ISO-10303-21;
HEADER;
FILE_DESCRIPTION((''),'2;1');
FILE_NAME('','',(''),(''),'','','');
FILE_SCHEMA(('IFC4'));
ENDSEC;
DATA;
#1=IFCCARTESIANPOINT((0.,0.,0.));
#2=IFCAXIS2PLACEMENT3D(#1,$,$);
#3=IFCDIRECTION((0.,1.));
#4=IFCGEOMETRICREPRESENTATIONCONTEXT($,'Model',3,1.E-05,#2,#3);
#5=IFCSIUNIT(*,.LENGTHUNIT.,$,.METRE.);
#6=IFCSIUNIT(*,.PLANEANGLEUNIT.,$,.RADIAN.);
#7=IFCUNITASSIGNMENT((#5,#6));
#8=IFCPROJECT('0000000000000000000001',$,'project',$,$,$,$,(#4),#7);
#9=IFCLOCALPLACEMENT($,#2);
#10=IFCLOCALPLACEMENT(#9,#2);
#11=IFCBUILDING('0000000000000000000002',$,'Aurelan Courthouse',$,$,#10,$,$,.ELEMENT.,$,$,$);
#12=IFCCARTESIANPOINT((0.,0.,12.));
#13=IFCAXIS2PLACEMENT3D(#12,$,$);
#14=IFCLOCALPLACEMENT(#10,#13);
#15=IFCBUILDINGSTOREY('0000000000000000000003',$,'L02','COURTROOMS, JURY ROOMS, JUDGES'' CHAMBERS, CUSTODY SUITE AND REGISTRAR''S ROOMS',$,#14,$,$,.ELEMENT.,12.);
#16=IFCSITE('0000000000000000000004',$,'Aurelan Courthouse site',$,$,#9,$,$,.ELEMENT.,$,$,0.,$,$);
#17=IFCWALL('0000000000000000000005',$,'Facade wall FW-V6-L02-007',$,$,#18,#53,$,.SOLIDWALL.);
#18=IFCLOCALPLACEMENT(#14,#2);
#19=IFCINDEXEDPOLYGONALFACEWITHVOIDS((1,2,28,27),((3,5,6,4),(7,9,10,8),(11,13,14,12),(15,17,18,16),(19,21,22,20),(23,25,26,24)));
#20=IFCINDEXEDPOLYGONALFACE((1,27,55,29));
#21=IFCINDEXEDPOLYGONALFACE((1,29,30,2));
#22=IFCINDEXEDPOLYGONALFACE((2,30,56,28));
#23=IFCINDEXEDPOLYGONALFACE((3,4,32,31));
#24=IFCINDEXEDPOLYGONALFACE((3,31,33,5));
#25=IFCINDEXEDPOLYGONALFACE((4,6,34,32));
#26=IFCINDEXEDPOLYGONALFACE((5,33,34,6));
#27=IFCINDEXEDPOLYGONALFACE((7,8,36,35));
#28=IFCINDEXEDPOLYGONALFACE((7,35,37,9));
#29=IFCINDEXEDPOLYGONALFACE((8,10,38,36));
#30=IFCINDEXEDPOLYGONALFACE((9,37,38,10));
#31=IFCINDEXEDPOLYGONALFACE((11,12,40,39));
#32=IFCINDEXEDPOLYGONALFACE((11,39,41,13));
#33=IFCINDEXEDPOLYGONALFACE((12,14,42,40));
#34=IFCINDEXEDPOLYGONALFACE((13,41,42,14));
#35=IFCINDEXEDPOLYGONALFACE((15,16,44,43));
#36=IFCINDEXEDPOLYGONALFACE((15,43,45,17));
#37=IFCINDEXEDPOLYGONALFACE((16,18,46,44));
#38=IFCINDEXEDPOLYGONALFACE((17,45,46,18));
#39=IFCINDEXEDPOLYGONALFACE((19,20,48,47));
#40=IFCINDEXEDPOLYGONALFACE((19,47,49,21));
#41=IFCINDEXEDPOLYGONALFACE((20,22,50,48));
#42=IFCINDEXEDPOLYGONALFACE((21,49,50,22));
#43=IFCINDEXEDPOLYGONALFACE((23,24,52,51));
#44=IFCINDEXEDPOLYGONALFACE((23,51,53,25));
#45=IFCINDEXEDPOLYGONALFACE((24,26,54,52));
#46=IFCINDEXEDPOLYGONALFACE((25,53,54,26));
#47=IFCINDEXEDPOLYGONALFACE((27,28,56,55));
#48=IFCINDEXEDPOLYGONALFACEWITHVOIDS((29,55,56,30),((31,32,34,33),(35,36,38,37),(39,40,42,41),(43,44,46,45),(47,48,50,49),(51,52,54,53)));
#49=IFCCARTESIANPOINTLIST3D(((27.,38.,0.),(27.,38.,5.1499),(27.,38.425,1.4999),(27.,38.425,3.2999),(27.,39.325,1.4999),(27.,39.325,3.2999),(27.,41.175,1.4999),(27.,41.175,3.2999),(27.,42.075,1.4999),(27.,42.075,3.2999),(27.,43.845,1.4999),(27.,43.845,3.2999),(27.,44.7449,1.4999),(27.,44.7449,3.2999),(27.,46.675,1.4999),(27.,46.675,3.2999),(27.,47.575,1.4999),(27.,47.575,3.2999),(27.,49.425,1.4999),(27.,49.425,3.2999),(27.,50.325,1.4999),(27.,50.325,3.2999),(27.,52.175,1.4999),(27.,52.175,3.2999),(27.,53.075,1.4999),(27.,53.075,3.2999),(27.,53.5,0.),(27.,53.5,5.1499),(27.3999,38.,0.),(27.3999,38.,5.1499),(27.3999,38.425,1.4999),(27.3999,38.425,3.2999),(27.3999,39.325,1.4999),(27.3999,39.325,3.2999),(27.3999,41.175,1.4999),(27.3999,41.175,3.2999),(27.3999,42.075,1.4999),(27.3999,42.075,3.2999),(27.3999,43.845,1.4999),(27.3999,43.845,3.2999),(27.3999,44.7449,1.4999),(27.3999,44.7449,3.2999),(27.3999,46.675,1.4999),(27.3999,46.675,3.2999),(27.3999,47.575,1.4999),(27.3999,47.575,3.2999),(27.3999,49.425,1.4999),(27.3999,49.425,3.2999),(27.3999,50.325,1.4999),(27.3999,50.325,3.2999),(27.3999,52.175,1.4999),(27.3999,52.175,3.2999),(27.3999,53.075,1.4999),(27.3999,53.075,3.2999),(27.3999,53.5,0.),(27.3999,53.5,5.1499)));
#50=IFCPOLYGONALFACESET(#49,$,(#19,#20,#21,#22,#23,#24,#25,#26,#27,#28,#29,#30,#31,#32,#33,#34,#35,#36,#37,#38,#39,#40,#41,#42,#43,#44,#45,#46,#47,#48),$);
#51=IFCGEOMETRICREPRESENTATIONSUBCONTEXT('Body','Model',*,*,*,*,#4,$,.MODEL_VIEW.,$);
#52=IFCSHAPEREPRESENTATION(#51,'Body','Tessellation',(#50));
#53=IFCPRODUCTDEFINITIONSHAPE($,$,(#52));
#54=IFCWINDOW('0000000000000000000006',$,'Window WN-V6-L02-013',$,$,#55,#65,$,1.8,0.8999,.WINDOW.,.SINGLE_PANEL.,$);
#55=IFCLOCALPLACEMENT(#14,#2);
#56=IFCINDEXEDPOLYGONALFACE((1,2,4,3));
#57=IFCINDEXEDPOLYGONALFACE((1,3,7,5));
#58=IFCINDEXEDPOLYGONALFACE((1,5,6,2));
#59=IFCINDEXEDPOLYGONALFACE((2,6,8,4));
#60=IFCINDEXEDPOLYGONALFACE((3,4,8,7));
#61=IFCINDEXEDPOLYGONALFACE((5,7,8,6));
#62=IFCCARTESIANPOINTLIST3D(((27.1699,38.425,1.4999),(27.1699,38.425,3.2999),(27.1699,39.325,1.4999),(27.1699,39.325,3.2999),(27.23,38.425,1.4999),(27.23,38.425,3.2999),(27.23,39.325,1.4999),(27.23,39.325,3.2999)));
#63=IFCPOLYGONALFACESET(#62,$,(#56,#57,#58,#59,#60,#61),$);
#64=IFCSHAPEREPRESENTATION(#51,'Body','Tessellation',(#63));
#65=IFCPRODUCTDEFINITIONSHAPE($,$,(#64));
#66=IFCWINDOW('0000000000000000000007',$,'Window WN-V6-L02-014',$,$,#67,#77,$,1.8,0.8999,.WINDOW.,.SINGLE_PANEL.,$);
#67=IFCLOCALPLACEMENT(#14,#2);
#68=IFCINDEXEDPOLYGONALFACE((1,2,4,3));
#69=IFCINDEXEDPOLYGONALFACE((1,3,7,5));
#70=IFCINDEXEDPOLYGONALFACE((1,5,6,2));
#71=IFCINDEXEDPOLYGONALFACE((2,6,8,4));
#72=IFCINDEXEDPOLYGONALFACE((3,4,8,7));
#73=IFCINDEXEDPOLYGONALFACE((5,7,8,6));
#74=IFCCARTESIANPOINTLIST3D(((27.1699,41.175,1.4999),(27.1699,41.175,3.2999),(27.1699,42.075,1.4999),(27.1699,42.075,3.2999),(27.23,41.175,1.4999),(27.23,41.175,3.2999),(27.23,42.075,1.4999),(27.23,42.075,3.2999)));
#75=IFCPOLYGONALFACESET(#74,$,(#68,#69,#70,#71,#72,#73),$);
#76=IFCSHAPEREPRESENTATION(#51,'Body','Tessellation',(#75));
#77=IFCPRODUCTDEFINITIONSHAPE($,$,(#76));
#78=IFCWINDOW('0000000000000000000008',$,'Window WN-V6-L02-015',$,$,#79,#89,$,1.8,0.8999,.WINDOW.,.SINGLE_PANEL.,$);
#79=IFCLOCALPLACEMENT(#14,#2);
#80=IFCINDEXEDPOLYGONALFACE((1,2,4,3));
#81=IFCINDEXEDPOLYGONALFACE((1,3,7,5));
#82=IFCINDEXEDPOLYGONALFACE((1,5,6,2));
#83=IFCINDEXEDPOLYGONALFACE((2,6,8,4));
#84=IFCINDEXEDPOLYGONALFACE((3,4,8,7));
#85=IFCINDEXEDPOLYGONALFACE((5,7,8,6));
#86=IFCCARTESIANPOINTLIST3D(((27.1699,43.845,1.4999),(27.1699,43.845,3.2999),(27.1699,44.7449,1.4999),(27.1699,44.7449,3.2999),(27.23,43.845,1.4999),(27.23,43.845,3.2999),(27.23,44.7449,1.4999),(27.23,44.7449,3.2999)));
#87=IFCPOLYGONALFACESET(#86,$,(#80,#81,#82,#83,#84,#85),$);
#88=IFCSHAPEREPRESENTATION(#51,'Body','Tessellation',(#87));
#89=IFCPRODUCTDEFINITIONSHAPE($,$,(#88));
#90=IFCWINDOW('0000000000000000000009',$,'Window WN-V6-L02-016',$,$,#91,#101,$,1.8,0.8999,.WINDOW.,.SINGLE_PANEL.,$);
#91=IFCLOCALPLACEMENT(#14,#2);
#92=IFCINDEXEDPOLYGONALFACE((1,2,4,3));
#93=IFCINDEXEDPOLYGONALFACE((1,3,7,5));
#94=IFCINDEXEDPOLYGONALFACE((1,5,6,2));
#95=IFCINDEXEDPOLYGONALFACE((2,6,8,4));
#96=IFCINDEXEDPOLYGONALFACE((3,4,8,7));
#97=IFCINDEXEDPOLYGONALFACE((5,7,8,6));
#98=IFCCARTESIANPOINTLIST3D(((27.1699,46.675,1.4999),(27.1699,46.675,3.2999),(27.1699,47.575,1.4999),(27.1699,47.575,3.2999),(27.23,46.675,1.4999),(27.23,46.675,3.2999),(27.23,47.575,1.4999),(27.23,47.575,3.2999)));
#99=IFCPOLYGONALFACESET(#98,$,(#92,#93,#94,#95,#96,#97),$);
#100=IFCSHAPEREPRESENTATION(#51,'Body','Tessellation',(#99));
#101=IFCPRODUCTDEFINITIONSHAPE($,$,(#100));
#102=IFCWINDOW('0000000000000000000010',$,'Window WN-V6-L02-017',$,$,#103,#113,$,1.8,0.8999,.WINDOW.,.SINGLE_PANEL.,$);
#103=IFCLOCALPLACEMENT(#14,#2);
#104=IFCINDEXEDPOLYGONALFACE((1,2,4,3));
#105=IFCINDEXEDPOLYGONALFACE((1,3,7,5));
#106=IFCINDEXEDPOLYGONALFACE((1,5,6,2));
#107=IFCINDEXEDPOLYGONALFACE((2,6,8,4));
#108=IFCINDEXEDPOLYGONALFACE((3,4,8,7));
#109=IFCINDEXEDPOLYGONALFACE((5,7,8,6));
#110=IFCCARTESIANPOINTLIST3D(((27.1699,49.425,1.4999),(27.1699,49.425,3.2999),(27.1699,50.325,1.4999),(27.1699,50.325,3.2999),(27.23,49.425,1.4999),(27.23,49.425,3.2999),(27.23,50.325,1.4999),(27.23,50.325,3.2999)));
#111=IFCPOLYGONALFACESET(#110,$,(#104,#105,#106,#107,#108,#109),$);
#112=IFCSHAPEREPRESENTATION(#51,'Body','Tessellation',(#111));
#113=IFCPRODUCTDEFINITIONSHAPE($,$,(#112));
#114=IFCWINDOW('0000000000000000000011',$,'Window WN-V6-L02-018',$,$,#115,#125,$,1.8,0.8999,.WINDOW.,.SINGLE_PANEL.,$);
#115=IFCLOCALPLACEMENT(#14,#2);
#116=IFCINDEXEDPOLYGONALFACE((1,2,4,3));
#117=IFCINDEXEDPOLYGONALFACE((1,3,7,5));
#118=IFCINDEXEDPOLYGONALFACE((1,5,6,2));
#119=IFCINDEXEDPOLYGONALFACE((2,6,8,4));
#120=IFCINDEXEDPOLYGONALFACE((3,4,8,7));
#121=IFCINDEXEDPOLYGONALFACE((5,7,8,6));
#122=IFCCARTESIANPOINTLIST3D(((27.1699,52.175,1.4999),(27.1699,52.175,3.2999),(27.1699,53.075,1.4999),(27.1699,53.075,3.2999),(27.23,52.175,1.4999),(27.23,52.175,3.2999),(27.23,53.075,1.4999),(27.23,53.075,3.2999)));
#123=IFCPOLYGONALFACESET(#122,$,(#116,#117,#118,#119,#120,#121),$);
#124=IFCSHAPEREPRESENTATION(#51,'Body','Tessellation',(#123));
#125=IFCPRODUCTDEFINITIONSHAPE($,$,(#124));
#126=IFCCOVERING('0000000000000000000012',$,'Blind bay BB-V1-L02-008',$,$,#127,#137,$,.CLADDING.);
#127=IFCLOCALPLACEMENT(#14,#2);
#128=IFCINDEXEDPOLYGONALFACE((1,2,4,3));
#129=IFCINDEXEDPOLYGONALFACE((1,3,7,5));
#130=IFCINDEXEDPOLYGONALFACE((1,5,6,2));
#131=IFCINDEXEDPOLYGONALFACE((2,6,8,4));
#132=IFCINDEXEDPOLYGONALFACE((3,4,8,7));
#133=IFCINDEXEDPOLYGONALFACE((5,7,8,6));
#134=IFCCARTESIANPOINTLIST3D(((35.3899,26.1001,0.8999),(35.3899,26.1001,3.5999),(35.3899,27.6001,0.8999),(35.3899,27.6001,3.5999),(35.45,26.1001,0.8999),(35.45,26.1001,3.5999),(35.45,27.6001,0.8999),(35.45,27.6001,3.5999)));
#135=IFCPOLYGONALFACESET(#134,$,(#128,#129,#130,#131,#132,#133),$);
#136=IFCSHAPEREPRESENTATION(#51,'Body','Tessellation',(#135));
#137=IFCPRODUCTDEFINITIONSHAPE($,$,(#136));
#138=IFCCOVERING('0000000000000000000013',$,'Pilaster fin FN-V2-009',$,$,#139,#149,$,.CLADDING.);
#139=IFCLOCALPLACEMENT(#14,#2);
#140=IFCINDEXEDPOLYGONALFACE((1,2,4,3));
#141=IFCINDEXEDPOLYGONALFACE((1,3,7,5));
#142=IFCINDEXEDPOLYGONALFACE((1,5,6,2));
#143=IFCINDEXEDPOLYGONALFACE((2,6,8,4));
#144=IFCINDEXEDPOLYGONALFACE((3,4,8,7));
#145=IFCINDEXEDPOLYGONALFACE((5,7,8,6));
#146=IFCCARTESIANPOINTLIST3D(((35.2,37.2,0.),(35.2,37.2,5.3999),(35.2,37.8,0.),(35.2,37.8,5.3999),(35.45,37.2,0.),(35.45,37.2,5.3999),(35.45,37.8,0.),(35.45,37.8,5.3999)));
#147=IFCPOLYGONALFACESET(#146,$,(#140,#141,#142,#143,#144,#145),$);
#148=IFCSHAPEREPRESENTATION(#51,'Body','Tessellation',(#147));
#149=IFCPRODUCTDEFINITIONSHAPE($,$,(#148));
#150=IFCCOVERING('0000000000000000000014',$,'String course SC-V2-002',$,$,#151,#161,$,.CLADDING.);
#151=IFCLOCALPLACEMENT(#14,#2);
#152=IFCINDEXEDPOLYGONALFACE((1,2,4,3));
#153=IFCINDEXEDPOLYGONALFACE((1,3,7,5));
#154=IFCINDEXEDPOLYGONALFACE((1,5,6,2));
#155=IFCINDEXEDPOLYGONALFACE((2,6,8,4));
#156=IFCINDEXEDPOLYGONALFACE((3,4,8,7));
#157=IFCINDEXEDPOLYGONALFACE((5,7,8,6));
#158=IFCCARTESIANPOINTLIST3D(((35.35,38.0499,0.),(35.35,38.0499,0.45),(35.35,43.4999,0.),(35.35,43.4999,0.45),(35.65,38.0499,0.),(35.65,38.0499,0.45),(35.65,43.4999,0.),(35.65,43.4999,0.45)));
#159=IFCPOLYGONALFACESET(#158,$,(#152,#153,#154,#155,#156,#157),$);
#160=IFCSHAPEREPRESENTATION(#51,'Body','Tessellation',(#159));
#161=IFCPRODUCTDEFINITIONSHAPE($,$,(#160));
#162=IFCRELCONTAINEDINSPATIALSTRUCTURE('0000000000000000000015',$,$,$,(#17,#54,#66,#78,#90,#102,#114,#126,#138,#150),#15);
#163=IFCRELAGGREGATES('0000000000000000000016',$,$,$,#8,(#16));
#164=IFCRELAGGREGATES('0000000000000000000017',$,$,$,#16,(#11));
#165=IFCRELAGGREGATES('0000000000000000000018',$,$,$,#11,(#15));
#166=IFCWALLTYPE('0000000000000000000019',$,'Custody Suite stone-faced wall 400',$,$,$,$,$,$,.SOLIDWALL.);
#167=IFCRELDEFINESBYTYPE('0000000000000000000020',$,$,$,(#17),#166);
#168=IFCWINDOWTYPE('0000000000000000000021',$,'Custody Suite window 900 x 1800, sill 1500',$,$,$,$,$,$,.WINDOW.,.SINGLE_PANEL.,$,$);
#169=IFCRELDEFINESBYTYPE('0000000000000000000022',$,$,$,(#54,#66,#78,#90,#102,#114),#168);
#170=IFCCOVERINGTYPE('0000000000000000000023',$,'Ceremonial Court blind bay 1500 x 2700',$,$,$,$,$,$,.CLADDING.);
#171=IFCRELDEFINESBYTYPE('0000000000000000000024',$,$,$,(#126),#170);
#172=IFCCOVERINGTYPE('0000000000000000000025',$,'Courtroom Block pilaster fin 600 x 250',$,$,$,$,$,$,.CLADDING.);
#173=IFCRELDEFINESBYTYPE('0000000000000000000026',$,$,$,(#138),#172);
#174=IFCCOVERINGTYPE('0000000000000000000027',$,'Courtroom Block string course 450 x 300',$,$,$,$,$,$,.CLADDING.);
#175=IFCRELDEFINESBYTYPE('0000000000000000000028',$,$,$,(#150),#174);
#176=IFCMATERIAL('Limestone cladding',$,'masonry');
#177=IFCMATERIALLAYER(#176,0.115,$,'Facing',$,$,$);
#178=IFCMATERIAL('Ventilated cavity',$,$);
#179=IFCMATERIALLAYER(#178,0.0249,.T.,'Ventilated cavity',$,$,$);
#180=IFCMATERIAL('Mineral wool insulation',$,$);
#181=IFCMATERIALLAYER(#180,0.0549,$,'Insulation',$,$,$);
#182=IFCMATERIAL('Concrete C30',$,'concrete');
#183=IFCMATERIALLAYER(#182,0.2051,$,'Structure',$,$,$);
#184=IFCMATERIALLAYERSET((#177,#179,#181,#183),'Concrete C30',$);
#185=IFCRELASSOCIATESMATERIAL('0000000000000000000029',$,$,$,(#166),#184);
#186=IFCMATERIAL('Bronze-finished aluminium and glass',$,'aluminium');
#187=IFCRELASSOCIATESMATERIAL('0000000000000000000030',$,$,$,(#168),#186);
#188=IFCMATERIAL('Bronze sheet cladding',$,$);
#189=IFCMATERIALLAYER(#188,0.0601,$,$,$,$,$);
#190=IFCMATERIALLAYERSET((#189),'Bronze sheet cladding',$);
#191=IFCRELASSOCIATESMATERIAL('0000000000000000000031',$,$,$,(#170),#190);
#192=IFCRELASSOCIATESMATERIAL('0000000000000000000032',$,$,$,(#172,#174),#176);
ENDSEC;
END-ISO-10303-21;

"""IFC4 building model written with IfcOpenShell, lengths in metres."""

from ifc_helpers import new_model, si_unit, direction, frame, frame_2d, origin, origin_2d, place, context, subcontext, project, spatial, rectangle, extrude, material, layer, layer_set, type_object, element, fill, save


model = new_model("IFC4")

# Units and contexts
model_context = context("Model", 3, precision=1e-05, world=origin(), true_north=direction((0.0, 1.0)))
body_context = subcontext(model_context, "Body", "Model", "MODEL_VIEW")
ifc_project = project(units=[si_unit("LENGTHUNIT", "METRE"), si_unit("PLANEANGLEUNIT", "RADIAN")], contexts=[model_context])

# Site, building, storey
site_placement = place(None, origin())
site = spatial("IfcSite", under=ifc_project, at=site_placement, Name="Aurelan Courthouse site", CompositionType="ELEMENT", RefElevation=0.0)
building_placement = place(site_placement, origin())
building = spatial("IfcBuilding", under=site, at=building_placement, Name="Aurelan Courthouse", CompositionType="ELEMENT")
storey_placement = place(building_placement, frame((0.0, 0.0, 12.0)))
storey = spatial("IfcBuildingStorey", under=building, at=storey_placement, Name="L02", Description="COURTROOMS, JURY ROOMS, JUDGES' CHAMBERS, CUSTODY SUITE AND REGISTRAR'S ROOMS", CompositionType="ELEMENT", Elevation=12.0)

# Wall, openings, windows
ifc_material_1 = material(Name="Limestone cladding", Category="masonry")
ifc_material_2 = material(Name="Ventilated cavity")
ifc_material_3 = material(Name="Mineral wool insulation")
ifc_material_4 = material(Name="Concrete C30", Category="concrete")
ifc_material_5 = material(Name="Bronze-finished aluminium and glass", Category="aluminium")
ifc_layer_1 = layer(ifc_material_1, 0.115, Name="Facing")
ifc_layer_2 = layer(ifc_material_2, 0.0249, ventilated=True, Name="Ventilated cavity")
ifc_layer_3 = layer(ifc_material_3, 0.0549, Name="Insulation")
ifc_layer_4 = layer(ifc_material_4, 0.2051, Name="Structure")
ifc_layer_set_1 = layer_set([ifc_layer_1, ifc_layer_2, ifc_layer_3, ifc_layer_4], Name="Concrete C30")
wall_type_1 = type_object("IfcWallType", Name="Custody Suite stone-faced wall 400", PredefinedType="SOLIDWALL", material=ifc_layer_set_1)
wall_1_placement = place(storey_placement, frame((27.2, 38.0, 0.0), z_axis=(0.0, 0.0, 1.0), x_axis=(0.0, 1.0, 0.0)))
wall_1 = element("IfcWall", 1, at=wall_1_placement, inside=storey, type_object=wall_type_1, Name="Facade wall FW-V6-L02-007", PredefinedType="SOLIDWALL", context=body_context, shape_type="SweptSolid", body=[
    extrude(rectangle(XDim=15.5, YDim=0.3999, at=frame_2d((7.75, 0.0))), origin(), (0.0, 0.0, 1.0), 5.1499),
])
opening_1_placement = place(wall_1_placement, frame((0.425, 0.0, 1.5)))
opening_1 = element("IfcOpeningElement", 2, at=opening_1_placement, cuts=wall_1, PredefinedType="OPENING", context=body_context, shape_type="SweptSolid", body=[
    extrude(rectangle(XDim=0.8999, YDim=1.8, at=frame_2d((0.45, 0.8999))), frame((0.0, 0.21, 0.0), z_axis=(0.0, -1.0, 0.0), x_axis=(1.0, 0.0, 0.0)), (0.0, 0.0, 1.0), 0.4199),
])
opening_2_placement = place(wall_1_placement, frame((3.175, 0.0, 1.5)))
opening_2 = element("IfcOpeningElement", 3, at=opening_2_placement, cuts=wall_1, PredefinedType="OPENING", context=body_context, shape_type="SweptSolid", body=[
    extrude(rectangle(XDim=0.8999, YDim=1.8, at=frame_2d((0.45, 0.8999))), frame((0.0, 0.21, 0.0), z_axis=(0.0, -1.0, 0.0), x_axis=(1.0, 0.0, 0.0)), (0.0, 0.0, 1.0), 0.4199),
])
opening_3_placement = place(wall_1_placement, frame((5.845, 0.0, 1.5)))
opening_3 = element("IfcOpeningElement", 4, at=opening_3_placement, cuts=wall_1, PredefinedType="OPENING", context=body_context, shape_type="SweptSolid", body=[
    extrude(rectangle(XDim=0.8999, YDim=1.8, at=frame_2d((0.45, 0.8999))), frame((0.0, 0.21, 0.0), z_axis=(0.0, -1.0, 0.0), x_axis=(1.0, 0.0, 0.0)), (0.0, 0.0, 1.0), 0.4199),
])
opening_4_placement = place(wall_1_placement, frame((8.675, 0.0, 1.5)))
opening_4 = element("IfcOpeningElement", 5, at=opening_4_placement, cuts=wall_1, PredefinedType="OPENING", context=body_context, shape_type="SweptSolid", body=[
    extrude(rectangle(XDim=0.8999, YDim=1.8, at=frame_2d((0.45, 0.8999))), frame((0.0, 0.21, 0.0), z_axis=(0.0, -1.0, 0.0), x_axis=(1.0, 0.0, 0.0)), (0.0, 0.0, 1.0), 0.4199),
])
opening_5_placement = place(wall_1_placement, frame((11.425, 0.0, 1.5)))
opening_5 = element("IfcOpeningElement", 6, at=opening_5_placement, cuts=wall_1, PredefinedType="OPENING", context=body_context, shape_type="SweptSolid", body=[
    extrude(rectangle(XDim=0.8999, YDim=1.8, at=frame_2d((0.45, 0.8999))), frame((0.0, 0.21, 0.0), z_axis=(0.0, -1.0, 0.0), x_axis=(1.0, 0.0, 0.0)), (0.0, 0.0, 1.0), 0.4199),
])
opening_6_placement = place(wall_1_placement, frame((14.175, 0.0, 1.5)))
opening_6 = element("IfcOpeningElement", 7, at=opening_6_placement, cuts=wall_1, PredefinedType="OPENING", context=body_context, shape_type="SweptSolid", body=[
    extrude(rectangle(XDim=0.8999, YDim=1.8, at=frame_2d((0.45, 0.8999))), frame((0.0, 0.21, 0.0), z_axis=(0.0, -1.0, 0.0), x_axis=(1.0, 0.0, 0.0)), (0.0, 0.0, 1.0), 0.4199),
])
window_type_1 = type_object("IfcWindowType", Name="Custody Suite window 900 x 1800, sill 1500", PartitioningType="SINGLE_PANEL", PredefinedType="WINDOW", material=ifc_material_5)
window_1_placement = place(opening_1_placement, origin())
window_1 = element("IfcWindow", 8, at=window_1_placement, inside=storey, type_object=window_type_1, Name="Window WN-V6-L02-013", OverallHeight=1.8, OverallWidth=0.8999, PartitioningType="SINGLE_PANEL", PredefinedType="WINDOW", context=body_context, shape_type="SweptSolid", body=[
    extrude(rectangle(XDim=0.8999, YDim=1.8, at=frame_2d((0.45, 0.8999))), frame((0.0, 0.03, 0.0), z_axis=(0.0, -1.0, 0.0), x_axis=(1.0, 0.0, 0.0)), (0.0, 0.0, 1.0), 0.0601),
])
fill(opening_1, window_1)
window_2_placement = place(opening_2_placement, origin())
window_2 = element("IfcWindow", 9, at=window_2_placement, inside=storey, type_object=window_type_1, Name="Window WN-V6-L02-014", OverallHeight=1.8, OverallWidth=0.8999, PartitioningType="SINGLE_PANEL", PredefinedType="WINDOW", context=body_context, shape_type="SweptSolid", body=[
    extrude(rectangle(XDim=0.8999, YDim=1.8, at=frame_2d((0.45, 0.8999))), frame((0.0, 0.03, 0.0), z_axis=(0.0, -1.0, 0.0), x_axis=(1.0, 0.0, 0.0)), (0.0, 0.0, 1.0), 0.0601),
])
fill(opening_2, window_2)
window_3_placement = place(opening_3_placement, origin())
window_3 = element("IfcWindow", 10, at=window_3_placement, inside=storey, type_object=window_type_1, Name="Window WN-V6-L02-015", OverallHeight=1.8, OverallWidth=0.8999, PartitioningType="SINGLE_PANEL", PredefinedType="WINDOW", context=body_context, shape_type="SweptSolid", body=[
    extrude(rectangle(XDim=0.8999, YDim=1.8, at=frame_2d((0.45, 0.8999))), frame((0.0, 0.03, 0.0), z_axis=(0.0, -1.0, 0.0), x_axis=(1.0, 0.0, 0.0)), (0.0, 0.0, 1.0), 0.0601),
])
fill(opening_3, window_3)
window_4_placement = place(opening_4_placement, origin())
window_4 = element("IfcWindow", 11, at=window_4_placement, inside=storey, type_object=window_type_1, Name="Window WN-V6-L02-016", OverallHeight=1.8, OverallWidth=0.8999, PartitioningType="SINGLE_PANEL", PredefinedType="WINDOW", context=body_context, shape_type="SweptSolid", body=[
    extrude(rectangle(XDim=0.8999, YDim=1.8, at=frame_2d((0.45, 0.8999))), frame((0.0, 0.03, 0.0), z_axis=(0.0, -1.0, 0.0), x_axis=(1.0, 0.0, 0.0)), (0.0, 0.0, 1.0), 0.0601),
])
fill(opening_4, window_4)
window_5_placement = place(opening_5_placement, origin())
window_5 = element("IfcWindow", 12, at=window_5_placement, inside=storey, type_object=window_type_1, Name="Window WN-V6-L02-017", OverallHeight=1.8, OverallWidth=0.8999, PartitioningType="SINGLE_PANEL", PredefinedType="WINDOW", context=body_context, shape_type="SweptSolid", body=[
    extrude(rectangle(XDim=0.8999, YDim=1.8, at=frame_2d((0.45, 0.8999))), frame((0.0, 0.03, 0.0), z_axis=(0.0, -1.0, 0.0), x_axis=(1.0, 0.0, 0.0)), (0.0, 0.0, 1.0), 0.0601),
])
fill(opening_5, window_5)
window_6_placement = place(opening_6_placement, origin())
window_6 = element("IfcWindow", 13, at=window_6_placement, inside=storey, type_object=window_type_1, Name="Window WN-V6-L02-018", OverallHeight=1.8, OverallWidth=0.8999, PartitioningType="SINGLE_PANEL", PredefinedType="WINDOW", context=body_context, shape_type="SweptSolid", body=[
    extrude(rectangle(XDim=0.8999, YDim=1.8, at=frame_2d((0.45, 0.8999))), frame((0.0, 0.03, 0.0), z_axis=(0.0, -1.0, 0.0), x_axis=(1.0, 0.0, 0.0)), (0.0, 0.0, 1.0), 0.0601),
])
fill(opening_6, window_6)

# Coverings
ifc_material_6 = material(Name="Bronze sheet cladding")
ifc_layer_5 = layer(ifc_material_6, 0.0601)
ifc_layer_set_2 = layer_set([ifc_layer_5], Name="Bronze sheet cladding")
covering_type_1 = type_object("IfcCoveringType", Name="Ceremonial Court blind bay 1500 x 2700", PredefinedType="CLADDING", material=ifc_layer_set_2)
covering_1_placement = place(storey_placement, frame((35.4199, 26.8501, 0.8999), z_axis=(0.0, 0.0, 1.0), x_axis=(1.0, 0.0, 0.0)))
element("IfcCovering", 14, at=covering_1_placement, inside=storey, type_object=covering_type_1, Name="Blind bay BB-V1-L02-008", PredefinedType="CLADDING", context=body_context, shape_type="SweptSolid", body=[
    extrude(rectangle(XDim=0.0601, YDim=1.5, at=origin_2d()), origin(), (0.0, 0.0, 1.0), 2.7),
])
covering_type_2 = type_object("IfcCoveringType", Name="Courtroom Block pilaster fin 600 x 250", PredefinedType="CLADDING", material=ifc_material_1)
covering_2_placement = place(storey_placement, frame((35.325, 37.5, 0.0), z_axis=(0.0, 0.0, 1.0), x_axis=(1.0, 0.0, 0.0)))
element("IfcCovering", 15, at=covering_2_placement, inside=storey, type_object=covering_type_2, Name="Pilaster fin FN-V2-009", PredefinedType="CLADDING", context=body_context, shape_type="SweptSolid", body=[
    extrude(rectangle(XDim=0.25, YDim=0.6001, at=origin_2d()), origin(), (0.0, 0.0, 1.0), 5.3999),
])
covering_type_3 = type_object("IfcCoveringType", Name="Courtroom Block string course 450 x 300", PredefinedType="CLADDING", material=ifc_material_1)
covering_3_placement = place(storey_placement, frame((35.5, 40.7749, 0.0), z_axis=(0.0, 0.0, 1.0), x_axis=(1.0, 0.0, 0.0)))
element("IfcCovering", 16, at=covering_3_placement, inside=storey, type_object=covering_type_3, Name="String course SC-V2-002", PredefinedType="CLADDING", context=body_context, shape_type="SweptSolid", body=[
    extrude(rectangle(XDim=0.3, YDim=5.45, at=origin_2d()), origin(), (0.0, 0.0, 1.0), 0.45),
])

save(model, "model.ifc")
